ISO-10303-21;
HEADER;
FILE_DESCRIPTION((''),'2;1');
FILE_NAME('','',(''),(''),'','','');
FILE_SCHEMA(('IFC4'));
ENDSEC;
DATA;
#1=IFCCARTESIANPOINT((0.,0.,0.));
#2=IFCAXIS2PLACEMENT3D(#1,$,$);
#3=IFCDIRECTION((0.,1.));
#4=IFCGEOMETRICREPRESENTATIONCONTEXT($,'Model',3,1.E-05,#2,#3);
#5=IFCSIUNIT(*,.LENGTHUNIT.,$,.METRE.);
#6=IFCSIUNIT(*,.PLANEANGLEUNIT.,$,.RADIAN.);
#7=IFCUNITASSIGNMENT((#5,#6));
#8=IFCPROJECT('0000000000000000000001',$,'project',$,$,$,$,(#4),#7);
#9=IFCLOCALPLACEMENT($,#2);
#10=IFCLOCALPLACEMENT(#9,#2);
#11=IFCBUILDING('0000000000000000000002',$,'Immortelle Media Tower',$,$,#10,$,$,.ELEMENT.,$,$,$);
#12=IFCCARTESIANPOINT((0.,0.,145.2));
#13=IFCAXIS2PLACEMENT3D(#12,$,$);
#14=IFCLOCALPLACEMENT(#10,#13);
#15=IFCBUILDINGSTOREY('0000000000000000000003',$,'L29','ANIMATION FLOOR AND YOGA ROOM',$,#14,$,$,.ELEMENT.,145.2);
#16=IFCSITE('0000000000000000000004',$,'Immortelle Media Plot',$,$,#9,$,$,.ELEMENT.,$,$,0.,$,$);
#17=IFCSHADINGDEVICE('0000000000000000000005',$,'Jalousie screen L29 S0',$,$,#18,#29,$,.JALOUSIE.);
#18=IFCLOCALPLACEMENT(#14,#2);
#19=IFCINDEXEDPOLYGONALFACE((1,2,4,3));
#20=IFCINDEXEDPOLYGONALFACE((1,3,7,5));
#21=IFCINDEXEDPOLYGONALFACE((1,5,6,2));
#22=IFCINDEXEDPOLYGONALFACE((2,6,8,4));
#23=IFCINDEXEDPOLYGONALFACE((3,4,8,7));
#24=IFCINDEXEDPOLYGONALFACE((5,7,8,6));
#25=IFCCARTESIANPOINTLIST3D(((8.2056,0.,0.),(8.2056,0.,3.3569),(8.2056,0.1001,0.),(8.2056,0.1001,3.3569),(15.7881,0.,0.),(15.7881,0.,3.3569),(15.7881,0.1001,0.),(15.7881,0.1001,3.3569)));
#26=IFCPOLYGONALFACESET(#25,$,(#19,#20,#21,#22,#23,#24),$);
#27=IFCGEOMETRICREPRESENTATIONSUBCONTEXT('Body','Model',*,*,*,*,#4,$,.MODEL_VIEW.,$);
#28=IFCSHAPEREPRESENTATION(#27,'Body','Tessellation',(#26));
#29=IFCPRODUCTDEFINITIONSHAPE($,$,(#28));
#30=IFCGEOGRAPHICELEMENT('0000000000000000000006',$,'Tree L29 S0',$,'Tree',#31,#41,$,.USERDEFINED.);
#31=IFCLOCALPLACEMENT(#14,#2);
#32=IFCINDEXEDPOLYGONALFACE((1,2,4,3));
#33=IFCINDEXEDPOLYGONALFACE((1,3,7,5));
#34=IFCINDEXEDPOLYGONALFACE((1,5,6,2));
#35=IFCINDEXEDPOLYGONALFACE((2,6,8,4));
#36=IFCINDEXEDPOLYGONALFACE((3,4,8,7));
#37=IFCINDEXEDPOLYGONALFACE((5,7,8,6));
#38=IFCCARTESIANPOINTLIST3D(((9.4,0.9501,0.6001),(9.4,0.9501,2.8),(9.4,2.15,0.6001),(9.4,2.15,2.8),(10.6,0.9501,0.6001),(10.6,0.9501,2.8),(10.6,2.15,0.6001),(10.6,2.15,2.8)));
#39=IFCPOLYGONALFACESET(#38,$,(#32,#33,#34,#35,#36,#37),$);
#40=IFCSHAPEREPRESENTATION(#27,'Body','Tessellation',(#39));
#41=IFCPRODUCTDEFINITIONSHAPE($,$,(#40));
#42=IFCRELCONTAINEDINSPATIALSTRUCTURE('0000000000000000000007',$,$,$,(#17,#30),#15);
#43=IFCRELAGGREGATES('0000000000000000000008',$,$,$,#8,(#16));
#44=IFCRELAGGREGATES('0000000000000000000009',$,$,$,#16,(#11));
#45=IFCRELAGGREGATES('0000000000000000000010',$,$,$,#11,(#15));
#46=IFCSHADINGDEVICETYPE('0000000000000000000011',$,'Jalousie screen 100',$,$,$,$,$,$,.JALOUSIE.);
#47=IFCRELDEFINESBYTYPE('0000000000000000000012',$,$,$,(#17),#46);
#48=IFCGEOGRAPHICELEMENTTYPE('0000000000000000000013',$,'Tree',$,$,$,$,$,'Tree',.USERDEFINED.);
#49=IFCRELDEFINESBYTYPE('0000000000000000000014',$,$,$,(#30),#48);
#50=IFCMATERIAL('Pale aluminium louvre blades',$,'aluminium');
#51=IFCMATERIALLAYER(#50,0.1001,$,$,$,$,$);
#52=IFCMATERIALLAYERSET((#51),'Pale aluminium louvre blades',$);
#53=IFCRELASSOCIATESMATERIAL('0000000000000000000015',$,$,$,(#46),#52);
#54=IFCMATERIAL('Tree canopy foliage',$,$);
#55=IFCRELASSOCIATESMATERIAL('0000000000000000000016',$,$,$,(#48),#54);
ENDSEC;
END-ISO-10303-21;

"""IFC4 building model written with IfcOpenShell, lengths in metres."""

from ifc_helpers import new_model, si_unit, direction, frame, origin, origin_2d, place, context, subcontext, project, spatial, rectangle, extrude, material, layer, layer_set, type_object, element, save


model = new_model("IFC4")

# Units and contexts
model_context = context("Model", 3, precision=1e-05, world=origin(), true_north=direction((0.0, 1.0)))
body_context = subcontext(model_context, "Body", "Model", "MODEL_VIEW")
ifc_project = project(units=[si_unit("LENGTHUNIT", "METRE"), si_unit("PLANEANGLEUNIT", "RADIAN")], contexts=[model_context])

# Site, building, storey
site_placement = place(None, origin())
site = spatial("IfcSite", under=ifc_project, at=site_placement, Name="Immortelle Media Plot", CompositionType="ELEMENT", RefElevation=0.0)
building_placement = place(site_placement, origin())
building = spatial("IfcBuilding", under=site, at=building_placement, Name="Immortelle Media Tower", CompositionType="ELEMENT")
storey_placement = place(building_placement, frame((0.0, 0.0, 145.2)))
storey = spatial("IfcBuildingStorey", under=building, at=storey_placement, Name="L29", Description="ANIMATION FLOOR AND YOGA ROOM", CompositionType="ELEMENT", Elevation=145.2)

# Shading device
ifc_material_1 = material(Name="Pale aluminium louvre blades", Category="aluminium")
ifc_layer_1 = layer(ifc_material_1, 0.1001)
ifc_layer_set_1 = layer_set([ifc_layer_1], Name="Pale aluminium louvre blades")
shading_device_type = type_object("IfcShadingDeviceType", Name="Jalousie screen 100", PredefinedType="JALOUSIE", material=ifc_layer_set_1)
shading_device_placement = place(storey_placement, frame((11.9968, 0.05, 0.0), z_axis=(0.0, 0.0, 1.0), x_axis=(1.0, 0.0, 0.0)))
element("IfcShadingDevice", 1, at=shading_device_placement, inside=storey, type_object=shading_device_type, Name="Jalousie screen L29 S0", PredefinedType="JALOUSIE", context=body_context, shape_type="SweptSolid", body=[
    extrude(rectangle(XDim=7.5825, YDim=0.1001, at=origin_2d()), origin(), (0.0, 0.0, 1.0), 3.3569),
])

# Geographic element
ifc_material_2 = material(Name="Tree canopy foliage")
geographic_element_type = type_object("IfcGeographicElementType", Name="Tree", ElementType="Tree", PredefinedType="USERDEFINED", material=ifc_material_2)
geographic_element_placement = place(storey_placement, frame((10.0, 1.55, 0.6001), z_axis=(0.0, 0.0, 1.0), x_axis=(1.0, 0.0, 0.0)))
element("IfcGeographicElement", 2, at=geographic_element_placement, inside=storey, type_object=geographic_element_type, Name="Tree L29 S0", ObjectType="Tree", PredefinedType="USERDEFINED", context=body_context, shape_type="SweptSolid", body=[
    extrude(rectangle(XDim=1.2, YDim=1.2, at=origin_2d()), origin(), (0.0, 0.0, 1.0), 2.2),
])

save(model, "model.ifc")
